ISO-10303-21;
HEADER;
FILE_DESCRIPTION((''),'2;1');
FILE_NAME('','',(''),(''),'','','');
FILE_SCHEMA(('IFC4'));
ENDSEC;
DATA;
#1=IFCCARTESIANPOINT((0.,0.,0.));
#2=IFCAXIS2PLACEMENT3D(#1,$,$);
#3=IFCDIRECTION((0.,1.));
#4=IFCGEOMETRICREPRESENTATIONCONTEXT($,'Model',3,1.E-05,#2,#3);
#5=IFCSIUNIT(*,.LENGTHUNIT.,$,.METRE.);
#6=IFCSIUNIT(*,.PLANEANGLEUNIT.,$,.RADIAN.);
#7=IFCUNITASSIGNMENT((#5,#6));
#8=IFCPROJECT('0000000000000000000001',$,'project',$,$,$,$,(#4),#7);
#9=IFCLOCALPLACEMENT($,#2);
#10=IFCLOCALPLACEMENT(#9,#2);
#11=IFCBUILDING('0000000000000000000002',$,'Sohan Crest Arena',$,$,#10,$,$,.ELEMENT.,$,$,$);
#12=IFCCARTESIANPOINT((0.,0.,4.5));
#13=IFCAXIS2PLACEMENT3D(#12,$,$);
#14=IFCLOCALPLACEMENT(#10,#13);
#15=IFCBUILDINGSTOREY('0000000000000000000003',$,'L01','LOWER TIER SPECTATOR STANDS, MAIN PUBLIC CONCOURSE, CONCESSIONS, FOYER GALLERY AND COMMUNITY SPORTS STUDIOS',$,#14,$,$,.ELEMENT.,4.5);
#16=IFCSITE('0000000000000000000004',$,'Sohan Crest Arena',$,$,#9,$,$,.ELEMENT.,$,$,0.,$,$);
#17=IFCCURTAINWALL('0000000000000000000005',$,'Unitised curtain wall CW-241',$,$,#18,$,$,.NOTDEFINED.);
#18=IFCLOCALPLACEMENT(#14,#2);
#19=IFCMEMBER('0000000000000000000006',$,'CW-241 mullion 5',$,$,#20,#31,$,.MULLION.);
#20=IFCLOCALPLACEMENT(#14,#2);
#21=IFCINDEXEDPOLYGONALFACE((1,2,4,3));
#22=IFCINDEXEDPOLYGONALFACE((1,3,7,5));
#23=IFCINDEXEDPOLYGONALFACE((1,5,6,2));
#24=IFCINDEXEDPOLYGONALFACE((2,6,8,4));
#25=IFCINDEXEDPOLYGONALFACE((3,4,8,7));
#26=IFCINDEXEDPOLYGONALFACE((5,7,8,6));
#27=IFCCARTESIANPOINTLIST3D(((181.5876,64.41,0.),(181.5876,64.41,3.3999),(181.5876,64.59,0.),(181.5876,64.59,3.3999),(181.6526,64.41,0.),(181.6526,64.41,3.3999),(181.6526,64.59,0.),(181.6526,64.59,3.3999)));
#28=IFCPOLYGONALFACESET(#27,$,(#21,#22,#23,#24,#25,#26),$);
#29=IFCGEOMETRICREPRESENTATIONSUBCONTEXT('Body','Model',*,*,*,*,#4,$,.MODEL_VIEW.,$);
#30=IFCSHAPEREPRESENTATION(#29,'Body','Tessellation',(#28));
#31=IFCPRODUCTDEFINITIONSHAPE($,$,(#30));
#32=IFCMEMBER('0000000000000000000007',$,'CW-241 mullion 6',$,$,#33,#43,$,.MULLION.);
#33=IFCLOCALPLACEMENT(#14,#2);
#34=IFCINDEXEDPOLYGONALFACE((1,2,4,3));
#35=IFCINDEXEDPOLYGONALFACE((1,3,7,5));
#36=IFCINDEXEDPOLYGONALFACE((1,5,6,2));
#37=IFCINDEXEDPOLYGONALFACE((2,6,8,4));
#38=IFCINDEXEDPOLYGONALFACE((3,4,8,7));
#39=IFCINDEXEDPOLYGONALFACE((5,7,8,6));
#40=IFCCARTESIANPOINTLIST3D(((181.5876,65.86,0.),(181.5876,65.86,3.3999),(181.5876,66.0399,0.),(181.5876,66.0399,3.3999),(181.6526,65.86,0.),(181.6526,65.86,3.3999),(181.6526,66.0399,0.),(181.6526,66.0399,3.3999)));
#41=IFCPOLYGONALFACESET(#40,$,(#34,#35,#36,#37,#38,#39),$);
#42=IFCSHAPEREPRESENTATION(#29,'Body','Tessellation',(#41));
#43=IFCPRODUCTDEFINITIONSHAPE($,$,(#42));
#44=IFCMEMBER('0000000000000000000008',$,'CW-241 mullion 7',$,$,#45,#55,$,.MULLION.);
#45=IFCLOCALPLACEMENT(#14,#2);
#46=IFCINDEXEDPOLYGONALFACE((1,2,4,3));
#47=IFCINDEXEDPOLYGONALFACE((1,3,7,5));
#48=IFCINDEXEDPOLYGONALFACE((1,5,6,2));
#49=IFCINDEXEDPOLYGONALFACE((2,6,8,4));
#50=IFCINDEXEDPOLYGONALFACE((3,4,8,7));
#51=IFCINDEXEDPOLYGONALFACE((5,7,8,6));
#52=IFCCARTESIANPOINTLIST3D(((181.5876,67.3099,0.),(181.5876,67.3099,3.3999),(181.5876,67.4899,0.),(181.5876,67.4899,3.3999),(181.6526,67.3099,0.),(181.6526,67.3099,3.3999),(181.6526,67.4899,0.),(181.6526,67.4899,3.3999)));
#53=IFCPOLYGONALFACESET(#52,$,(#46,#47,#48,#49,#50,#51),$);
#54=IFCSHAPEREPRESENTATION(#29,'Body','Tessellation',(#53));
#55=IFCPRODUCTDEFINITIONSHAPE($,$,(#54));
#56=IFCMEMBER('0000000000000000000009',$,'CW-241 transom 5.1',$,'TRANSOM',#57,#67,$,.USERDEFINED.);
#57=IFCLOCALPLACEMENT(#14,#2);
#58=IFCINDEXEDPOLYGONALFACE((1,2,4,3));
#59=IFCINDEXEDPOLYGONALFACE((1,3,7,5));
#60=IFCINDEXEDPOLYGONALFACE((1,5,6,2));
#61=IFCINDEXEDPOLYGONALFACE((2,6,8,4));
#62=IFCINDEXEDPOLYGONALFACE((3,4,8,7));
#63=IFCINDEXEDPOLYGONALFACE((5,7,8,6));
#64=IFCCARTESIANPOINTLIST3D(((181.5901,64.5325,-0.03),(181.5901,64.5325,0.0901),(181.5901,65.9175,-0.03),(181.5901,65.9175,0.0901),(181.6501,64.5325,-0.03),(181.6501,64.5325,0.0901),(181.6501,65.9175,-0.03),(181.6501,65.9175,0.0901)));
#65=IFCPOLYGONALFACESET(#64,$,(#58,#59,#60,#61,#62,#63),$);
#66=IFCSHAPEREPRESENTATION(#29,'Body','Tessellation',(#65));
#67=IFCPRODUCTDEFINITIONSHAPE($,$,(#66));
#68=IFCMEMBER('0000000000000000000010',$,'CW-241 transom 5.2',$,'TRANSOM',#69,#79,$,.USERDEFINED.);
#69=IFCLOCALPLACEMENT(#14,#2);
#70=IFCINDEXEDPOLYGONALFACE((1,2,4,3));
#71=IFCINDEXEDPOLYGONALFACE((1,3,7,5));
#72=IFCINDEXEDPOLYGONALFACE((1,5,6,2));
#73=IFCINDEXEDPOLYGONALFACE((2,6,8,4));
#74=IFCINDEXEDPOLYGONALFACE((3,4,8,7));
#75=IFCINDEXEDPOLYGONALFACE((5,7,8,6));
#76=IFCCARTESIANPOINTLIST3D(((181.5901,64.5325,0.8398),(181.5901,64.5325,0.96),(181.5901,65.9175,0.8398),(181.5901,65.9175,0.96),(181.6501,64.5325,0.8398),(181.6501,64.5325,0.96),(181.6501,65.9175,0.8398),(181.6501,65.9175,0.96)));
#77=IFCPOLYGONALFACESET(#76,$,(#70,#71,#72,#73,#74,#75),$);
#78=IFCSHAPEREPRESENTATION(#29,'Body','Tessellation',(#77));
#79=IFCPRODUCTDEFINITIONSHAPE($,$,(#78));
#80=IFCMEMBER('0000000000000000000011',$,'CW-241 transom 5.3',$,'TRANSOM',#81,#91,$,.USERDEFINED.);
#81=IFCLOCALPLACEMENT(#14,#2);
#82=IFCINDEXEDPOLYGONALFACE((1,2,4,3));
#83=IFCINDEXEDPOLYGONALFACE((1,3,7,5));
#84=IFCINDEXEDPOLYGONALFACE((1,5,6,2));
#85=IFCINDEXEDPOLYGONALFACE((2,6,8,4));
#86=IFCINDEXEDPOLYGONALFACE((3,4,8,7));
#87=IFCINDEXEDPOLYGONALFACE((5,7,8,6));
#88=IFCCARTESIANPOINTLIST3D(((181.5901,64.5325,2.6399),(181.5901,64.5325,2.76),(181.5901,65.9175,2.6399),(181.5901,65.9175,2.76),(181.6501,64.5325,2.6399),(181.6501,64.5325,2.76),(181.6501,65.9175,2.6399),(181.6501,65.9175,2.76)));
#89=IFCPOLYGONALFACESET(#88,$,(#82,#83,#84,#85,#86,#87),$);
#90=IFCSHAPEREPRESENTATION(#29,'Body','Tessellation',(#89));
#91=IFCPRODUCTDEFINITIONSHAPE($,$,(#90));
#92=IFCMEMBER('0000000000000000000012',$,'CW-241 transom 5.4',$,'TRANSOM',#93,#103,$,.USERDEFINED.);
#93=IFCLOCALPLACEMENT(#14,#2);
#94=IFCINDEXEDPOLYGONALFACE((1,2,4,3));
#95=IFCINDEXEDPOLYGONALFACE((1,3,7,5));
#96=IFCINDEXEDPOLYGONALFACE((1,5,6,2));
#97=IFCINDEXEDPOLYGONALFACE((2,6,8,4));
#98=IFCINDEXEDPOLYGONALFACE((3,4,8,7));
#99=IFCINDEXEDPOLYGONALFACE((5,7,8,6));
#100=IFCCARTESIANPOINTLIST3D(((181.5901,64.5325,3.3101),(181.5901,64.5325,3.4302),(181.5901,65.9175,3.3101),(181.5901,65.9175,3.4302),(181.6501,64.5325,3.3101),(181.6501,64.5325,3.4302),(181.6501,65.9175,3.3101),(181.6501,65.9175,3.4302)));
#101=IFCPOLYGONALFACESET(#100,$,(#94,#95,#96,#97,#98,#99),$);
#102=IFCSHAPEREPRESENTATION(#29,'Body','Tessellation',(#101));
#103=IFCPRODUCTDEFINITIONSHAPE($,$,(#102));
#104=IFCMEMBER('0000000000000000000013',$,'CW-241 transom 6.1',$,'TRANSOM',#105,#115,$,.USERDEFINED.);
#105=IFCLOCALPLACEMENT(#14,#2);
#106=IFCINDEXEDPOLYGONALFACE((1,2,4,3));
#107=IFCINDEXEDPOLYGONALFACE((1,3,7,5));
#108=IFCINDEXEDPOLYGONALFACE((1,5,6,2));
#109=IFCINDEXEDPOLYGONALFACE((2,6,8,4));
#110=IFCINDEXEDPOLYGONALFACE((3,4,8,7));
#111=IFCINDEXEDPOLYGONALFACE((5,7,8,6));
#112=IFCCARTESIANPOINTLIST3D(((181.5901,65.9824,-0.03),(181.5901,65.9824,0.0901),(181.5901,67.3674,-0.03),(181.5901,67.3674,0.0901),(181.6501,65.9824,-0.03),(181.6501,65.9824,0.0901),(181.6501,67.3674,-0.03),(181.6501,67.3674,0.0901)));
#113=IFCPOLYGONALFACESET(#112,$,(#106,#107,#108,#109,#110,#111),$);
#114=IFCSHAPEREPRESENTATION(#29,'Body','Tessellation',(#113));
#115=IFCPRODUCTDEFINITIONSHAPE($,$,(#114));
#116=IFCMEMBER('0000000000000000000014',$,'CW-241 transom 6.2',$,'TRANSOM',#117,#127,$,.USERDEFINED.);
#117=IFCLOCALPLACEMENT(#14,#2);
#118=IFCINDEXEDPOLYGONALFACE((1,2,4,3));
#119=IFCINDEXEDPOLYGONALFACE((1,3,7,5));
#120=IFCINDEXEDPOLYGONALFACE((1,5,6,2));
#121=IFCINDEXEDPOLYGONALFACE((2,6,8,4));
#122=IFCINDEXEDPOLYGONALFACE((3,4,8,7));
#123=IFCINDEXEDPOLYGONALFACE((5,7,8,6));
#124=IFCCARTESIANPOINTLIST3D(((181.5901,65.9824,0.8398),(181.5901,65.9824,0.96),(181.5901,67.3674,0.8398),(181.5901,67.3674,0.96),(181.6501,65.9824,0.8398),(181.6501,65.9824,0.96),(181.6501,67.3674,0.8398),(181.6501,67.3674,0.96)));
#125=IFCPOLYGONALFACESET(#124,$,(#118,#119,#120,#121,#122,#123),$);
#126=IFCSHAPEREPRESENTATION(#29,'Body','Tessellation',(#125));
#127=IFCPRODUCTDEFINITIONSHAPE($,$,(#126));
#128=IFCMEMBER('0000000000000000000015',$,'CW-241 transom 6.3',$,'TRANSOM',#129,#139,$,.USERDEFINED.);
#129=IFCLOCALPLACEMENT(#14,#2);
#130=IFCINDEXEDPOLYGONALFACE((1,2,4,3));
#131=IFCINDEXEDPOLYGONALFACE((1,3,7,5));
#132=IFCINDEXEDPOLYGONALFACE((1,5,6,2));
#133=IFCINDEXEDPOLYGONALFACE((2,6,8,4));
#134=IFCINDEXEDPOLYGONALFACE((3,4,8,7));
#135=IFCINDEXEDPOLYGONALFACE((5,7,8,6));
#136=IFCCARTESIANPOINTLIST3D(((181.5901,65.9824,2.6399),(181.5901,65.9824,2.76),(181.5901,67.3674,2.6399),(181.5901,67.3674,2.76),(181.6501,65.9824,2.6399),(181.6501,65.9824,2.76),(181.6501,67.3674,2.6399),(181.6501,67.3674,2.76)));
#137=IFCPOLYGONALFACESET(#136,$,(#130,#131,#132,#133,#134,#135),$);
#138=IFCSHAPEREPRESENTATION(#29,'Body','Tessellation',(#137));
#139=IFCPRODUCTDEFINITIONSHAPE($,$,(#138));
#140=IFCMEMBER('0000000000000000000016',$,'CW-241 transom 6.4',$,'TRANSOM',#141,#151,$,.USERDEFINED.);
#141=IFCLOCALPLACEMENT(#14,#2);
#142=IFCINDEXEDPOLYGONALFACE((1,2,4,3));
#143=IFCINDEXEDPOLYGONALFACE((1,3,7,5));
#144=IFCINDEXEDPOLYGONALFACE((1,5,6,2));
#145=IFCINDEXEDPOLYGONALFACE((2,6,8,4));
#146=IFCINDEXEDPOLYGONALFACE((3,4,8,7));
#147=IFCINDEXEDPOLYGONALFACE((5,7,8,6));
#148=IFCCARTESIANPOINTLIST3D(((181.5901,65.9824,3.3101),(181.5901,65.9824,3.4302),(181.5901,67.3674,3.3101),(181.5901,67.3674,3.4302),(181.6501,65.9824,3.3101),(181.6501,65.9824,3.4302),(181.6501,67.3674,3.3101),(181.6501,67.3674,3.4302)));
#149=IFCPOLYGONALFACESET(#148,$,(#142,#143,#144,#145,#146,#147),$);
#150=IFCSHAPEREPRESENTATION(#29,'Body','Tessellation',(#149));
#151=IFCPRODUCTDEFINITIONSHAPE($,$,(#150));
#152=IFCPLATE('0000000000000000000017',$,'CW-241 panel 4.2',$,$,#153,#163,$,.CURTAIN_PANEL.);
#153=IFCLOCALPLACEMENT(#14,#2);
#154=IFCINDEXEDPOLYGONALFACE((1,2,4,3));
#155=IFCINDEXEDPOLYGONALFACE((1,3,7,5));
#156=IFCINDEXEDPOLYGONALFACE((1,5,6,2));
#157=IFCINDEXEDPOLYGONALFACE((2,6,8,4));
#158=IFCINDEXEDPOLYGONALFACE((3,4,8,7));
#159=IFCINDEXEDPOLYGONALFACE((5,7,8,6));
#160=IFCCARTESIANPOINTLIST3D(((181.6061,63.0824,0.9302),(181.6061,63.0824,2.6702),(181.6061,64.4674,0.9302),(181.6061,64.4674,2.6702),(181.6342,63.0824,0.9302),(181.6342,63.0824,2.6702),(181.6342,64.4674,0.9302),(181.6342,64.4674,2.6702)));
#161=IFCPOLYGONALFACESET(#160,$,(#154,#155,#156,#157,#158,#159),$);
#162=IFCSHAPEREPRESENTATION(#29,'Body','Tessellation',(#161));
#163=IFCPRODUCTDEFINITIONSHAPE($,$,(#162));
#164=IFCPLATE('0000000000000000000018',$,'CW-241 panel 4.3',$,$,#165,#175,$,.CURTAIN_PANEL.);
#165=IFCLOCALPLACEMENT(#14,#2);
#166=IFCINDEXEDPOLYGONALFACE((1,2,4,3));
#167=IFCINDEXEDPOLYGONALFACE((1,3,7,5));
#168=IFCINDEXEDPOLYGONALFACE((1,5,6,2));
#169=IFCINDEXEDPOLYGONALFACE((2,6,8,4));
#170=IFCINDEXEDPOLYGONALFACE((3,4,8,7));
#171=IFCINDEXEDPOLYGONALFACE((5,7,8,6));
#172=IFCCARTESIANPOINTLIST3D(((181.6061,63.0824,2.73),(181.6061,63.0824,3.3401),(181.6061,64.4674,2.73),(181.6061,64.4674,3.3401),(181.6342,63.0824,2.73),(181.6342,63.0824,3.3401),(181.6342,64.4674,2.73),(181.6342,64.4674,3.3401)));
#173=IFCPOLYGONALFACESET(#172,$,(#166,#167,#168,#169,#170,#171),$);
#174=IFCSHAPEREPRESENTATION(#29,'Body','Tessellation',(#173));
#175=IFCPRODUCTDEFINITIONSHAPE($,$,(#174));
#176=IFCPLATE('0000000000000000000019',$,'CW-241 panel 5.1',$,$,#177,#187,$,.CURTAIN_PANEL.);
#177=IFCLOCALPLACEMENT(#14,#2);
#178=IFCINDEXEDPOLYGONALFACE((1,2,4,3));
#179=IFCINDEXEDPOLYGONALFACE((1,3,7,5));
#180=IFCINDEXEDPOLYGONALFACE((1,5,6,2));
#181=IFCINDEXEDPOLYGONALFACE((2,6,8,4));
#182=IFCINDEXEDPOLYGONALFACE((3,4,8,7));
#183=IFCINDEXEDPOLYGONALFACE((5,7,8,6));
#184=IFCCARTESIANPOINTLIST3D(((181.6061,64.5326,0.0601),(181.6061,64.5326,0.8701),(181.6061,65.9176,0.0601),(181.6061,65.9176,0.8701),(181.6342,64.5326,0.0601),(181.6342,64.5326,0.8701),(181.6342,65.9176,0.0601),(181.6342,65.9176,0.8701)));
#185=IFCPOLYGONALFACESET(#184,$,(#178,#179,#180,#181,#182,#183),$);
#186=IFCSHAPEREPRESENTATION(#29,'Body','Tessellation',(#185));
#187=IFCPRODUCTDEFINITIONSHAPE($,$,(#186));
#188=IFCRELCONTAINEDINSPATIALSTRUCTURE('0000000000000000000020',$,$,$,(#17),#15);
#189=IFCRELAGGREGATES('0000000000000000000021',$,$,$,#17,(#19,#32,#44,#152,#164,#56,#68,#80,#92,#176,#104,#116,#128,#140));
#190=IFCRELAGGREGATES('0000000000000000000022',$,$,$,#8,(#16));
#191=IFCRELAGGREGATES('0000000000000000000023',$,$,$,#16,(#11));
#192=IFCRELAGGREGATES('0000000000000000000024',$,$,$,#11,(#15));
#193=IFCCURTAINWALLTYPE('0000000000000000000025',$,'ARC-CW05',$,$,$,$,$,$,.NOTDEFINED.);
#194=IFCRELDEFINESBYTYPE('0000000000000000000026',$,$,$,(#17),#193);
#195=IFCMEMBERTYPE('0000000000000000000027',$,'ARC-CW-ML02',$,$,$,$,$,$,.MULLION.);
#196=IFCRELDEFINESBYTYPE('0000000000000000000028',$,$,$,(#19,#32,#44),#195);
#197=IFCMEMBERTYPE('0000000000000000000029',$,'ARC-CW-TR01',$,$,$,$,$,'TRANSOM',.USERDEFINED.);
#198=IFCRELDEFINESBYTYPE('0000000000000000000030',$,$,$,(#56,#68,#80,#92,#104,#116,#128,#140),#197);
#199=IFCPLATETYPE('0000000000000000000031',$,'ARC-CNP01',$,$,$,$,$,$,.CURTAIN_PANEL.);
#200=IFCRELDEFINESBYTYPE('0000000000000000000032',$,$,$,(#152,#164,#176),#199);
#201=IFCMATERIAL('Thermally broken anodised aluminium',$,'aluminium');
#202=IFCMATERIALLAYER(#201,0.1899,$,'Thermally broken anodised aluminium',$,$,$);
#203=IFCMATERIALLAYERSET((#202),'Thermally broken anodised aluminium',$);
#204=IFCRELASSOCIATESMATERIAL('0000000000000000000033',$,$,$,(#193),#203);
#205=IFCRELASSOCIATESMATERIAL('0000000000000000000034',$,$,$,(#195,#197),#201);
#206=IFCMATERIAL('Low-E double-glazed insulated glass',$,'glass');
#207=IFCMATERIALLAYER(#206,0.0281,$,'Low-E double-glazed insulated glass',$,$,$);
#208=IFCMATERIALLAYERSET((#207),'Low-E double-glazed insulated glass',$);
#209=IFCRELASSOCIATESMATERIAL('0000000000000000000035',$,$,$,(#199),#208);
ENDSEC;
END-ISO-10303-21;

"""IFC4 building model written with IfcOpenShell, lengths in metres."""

from ifc_helpers import new_model, si_unit, direction, frame, origin, origin_2d, place, context, subcontext, project, spatial, rectangle, extrude, material, layer, layer_set, material_profile, profile_set, type_object, element, aggregate, save


model = new_model("IFC4")

# Units and contexts
model_context = context("Model", 3, precision=1e-05, world=origin(), true_north=direction((0.0, 1.0)))
body_context = subcontext(model_context, "Body", "Model", "MODEL_VIEW")
ifc_project = project(units=[si_unit("LENGTHUNIT", "METRE"), si_unit("PLANEANGLEUNIT", "RADIAN")], contexts=[model_context])

# Site, building, storey
site_placement = place(None, origin())
site = spatial("IfcSite", under=ifc_project, at=site_placement, Name="Sohan Crest Arena", CompositionType="ELEMENT", RefElevation=0.0)
building_placement = place(site_placement, origin())
building = spatial("IfcBuilding", under=site, at=building_placement, Name="Sohan Crest Arena", CompositionType="ELEMENT")
storey_placement = place(building_placement, frame((0.0, 0.0, 4.5)))
storey = spatial("IfcBuildingStorey", under=building, at=storey_placement, Name="L01", Description="LOWER TIER SPECTATOR STANDS, MAIN PUBLIC CONCOURSE, CONCESSIONS, FOYER GALLERY AND COMMUNITY SPORTS STUDIOS", CompositionType="ELEMENT", Elevation=4.5)

# Curtain wall, members, plates
ifc_material_1 = material(Name="Thermally broken anodised aluminium", Category="aluminium")
ifc_layer_1 = layer(ifc_material_1, 0.1899, Name="Thermally broken anodised aluminium")
ifc_layer_set_1 = layer_set([ifc_layer_1], Name="Thermally broken anodised aluminium")
curtain_wall_type = type_object("IfcCurtainWallType", Name="ARC-CW05", PredefinedType="NOTDEFINED", material=ifc_layer_set_1)
curtain_wall_placement = place(storey_placement, origin())
curtain_wall = element("IfcCurtainWall", 1, at=curtain_wall_placement, inside=storey, type_object=curtain_wall_type, Name="Unitised curtain wall CW-241", PredefinedType="NOTDEFINED")
ifc_material_profile_1 = material_profile(ifc_material_1, rectangle(XDim=0.0649, YDim=0.1799, at=origin_2d()), Name="ALU-MULL 65x180")
ifc_profile_set_1 = profile_set([ifc_material_profile_1], Name="Thermally broken anodised aluminium")
member_type_1 = type_object("IfcMemberType", Name="ARC-CW-ML02", PredefinedType="MULLION", material=ifc_profile_set_1)
member_1_placement = place(storey_placement, frame((181.6201, 64.5, 0.0), z_axis=(0.0, 0.0, 1.0), x_axis=(-1.0, 0.0, 0.0)))
member_1 = element("IfcMember", 2, at=member_1_placement, type_object=member_type_1, Name="CW-241 mullion 5", PredefinedType="MULLION", context=body_context, shape_type="SweptSolid", body=[
    extrude(rectangle(XDim=0.0649, YDim=0.1799, at=origin_2d()), origin(), (0.0, 0.0, 1.0), 3.3999),
])
member_2_placement = place(storey_placement, frame((181.6201, 65.95, 0.0), z_axis=(0.0, 0.0, 1.0), x_axis=(-1.0, 0.0, 0.0)))
member_2 = element("IfcMember", 3, at=member_2_placement, type_object=member_type_1, Name="CW-241 mullion 6", PredefinedType="MULLION", context=body_context, shape_type="SweptSolid", body=[
    extrude(rectangle(XDim=0.0649, YDim=0.1799, at=origin_2d()), origin(), (0.0, 0.0, 1.0), 3.3999),
])
member_3_placement = place(storey_placement, frame((181.6201, 67.3999, 0.0), z_axis=(0.0, 0.0, 1.0), x_axis=(-1.0, 0.0, 0.0)))
member_3 = element("IfcMember", 4, at=member_3_placement, type_object=member_type_1, Name="CW-241 mullion 7", PredefinedType="MULLION", context=body_context, shape_type="SweptSolid", body=[
    extrude(rectangle(XDim=0.0649, YDim=0.1799, at=origin_2d()), origin(), (0.0, 0.0, 1.0), 3.3999),
])
ifc_material_profile_2 = material_profile(ifc_material_1, rectangle(XDim=0.0601, YDim=0.1201, at=origin_2d()), Name="ALU-TRAN 60x120")
ifc_profile_set_2 = profile_set([ifc_material_profile_2], Name="Thermally broken anodised aluminium")
member_type_2 = type_object("IfcMemberType", Name="ARC-CW-TR01", ElementType="TRANSOM", PredefinedType="USERDEFINED", material=ifc_profile_set_2)
member_4_placement = place(storey_placement, frame((181.6201, 64.5325, 0.03), z_axis=(0.0, 1.0, 0.0), x_axis=(-1.0, 0.0, 0.0)))
member_4 = element("IfcMember", 5, at=member_4_placement, type_object=member_type_2, Name="CW-241 transom 5.1", ObjectType="TRANSOM", PredefinedType="USERDEFINED", context=body_context, shape_type="SweptSolid", body=[
    extrude(rectangle(XDim=0.0601, YDim=0.1201, at=origin_2d()), origin(), (0.0, 0.0, 1.0), 1.385),
])
member_5_placement = place(storey_placement, frame((181.6201, 64.5325, 0.8999), z_axis=(0.0, 1.0, 0.0), x_axis=(-1.0, 0.0, 0.0)))
member_5 = element("IfcMember", 6, at=member_5_placement, type_object=member_type_2, Name="CW-241 transom 5.2", ObjectType="TRANSOM", PredefinedType="USERDEFINED", context=body_context, shape_type="SweptSolid", body=[
    extrude(rectangle(XDim=0.0601, YDim=0.1201, at=origin_2d()), origin(), (0.0, 0.0, 1.0), 1.385),
])
member_6_placement = place(storey_placement, frame((181.6201, 64.5325, 2.7), z_axis=(0.0, 1.0, 0.0), x_axis=(-1.0, 0.0, 0.0)))
member_6 = element("IfcMember", 7, at=member_6_placement, type_object=member_type_2, Name="CW-241 transom 5.3", ObjectType="TRANSOM", PredefinedType="USERDEFINED", context=body_context, shape_type="SweptSolid", body=[
    extrude(rectangle(XDim=0.0601, YDim=0.1201, at=origin_2d()), origin(), (0.0, 0.0, 1.0), 1.385),
])
member_7_placement = place(storey_placement, frame((181.6201, 64.5325, 3.3701), z_axis=(0.0, 1.0, 0.0), x_axis=(-1.0, 0.0, 0.0)))
member_7 = element("IfcMember", 8, at=member_7_placement, type_object=member_type_2, Name="CW-241 transom 5.4", ObjectType="TRANSOM", PredefinedType="USERDEFINED", context=body_context, shape_type="SweptSolid", body=[
    extrude(rectangle(XDim=0.0601, YDim=0.1201, at=origin_2d()), origin(), (0.0, 0.0, 1.0), 1.385),
])
member_8_placement = place(storey_placement, frame((181.6201, 65.9824, 0.03), z_axis=(0.0, 1.0, 0.0), x_axis=(-1.0, 0.0, 0.0)))
member_8 = element("IfcMember", 9, at=member_8_placement, type_object=member_type_2, Name="CW-241 transom 6.1", ObjectType="TRANSOM", PredefinedType="USERDEFINED", context=body_context, shape_type="SweptSolid", body=[
    extrude(rectangle(XDim=0.0601, YDim=0.1201, at=origin_2d()), origin(), (0.0, 0.0, 1.0), 1.385),
])
member_9_placement = place(storey_placement, frame((181.6201, 65.9824, 0.8999), z_axis=(0.0, 1.0, 0.0), x_axis=(-1.0, 0.0, 0.0)))
member_9 = element("IfcMember", 10, at=member_9_placement, type_object=member_type_2, Name="CW-241 transom 6.2", ObjectType="TRANSOM", PredefinedType="USERDEFINED", context=body_context, shape_type="SweptSolid", body=[
    extrude(rectangle(XDim=0.0601, YDim=0.1201, at=origin_2d()), origin(), (0.0, 0.0, 1.0), 1.385),
])
member_10_placement = place(storey_placement, frame((181.6201, 65.9824, 2.7), z_axis=(0.0, 1.0, 0.0), x_axis=(-1.0, 0.0, 0.0)))
member_10 = element("IfcMember", 11, at=member_10_placement, type_object=member_type_2, Name="CW-241 transom 6.3", ObjectType="TRANSOM", PredefinedType="USERDEFINED", context=body_context, shape_type="SweptSolid", body=[
    extrude(rectangle(XDim=0.0601, YDim=0.1201, at=origin_2d()), origin(), (0.0, 0.0, 1.0), 1.385),
])
member_11_placement = place(storey_placement, frame((181.6201, 65.9824, 3.3701), z_axis=(0.0, 1.0, 0.0), x_axis=(-1.0, 0.0, 0.0)))
member_11 = element("IfcMember", 12, at=member_11_placement, type_object=member_type_2, Name="CW-241 transom 6.4", ObjectType="TRANSOM", PredefinedType="USERDEFINED", context=body_context, shape_type="SweptSolid", body=[
    extrude(rectangle(XDim=0.0601, YDim=0.1201, at=origin_2d()), origin(), (0.0, 0.0, 1.0), 1.385),
])
ifc_material_2 = material(Name="Low-E double-glazed insulated glass", Category="glass")
ifc_layer_2 = layer(ifc_material_2, 0.0281, Name="Low-E double-glazed insulated glass")
ifc_layer_set_2 = layer_set([ifc_layer_2], Name="Low-E double-glazed insulated glass")
plate_type = type_object("IfcPlateType", Name="ARC-CNP01", PredefinedType="CURTAIN_PANEL", material=ifc_layer_set_2)
plate_1_placement = place(storey_placement, frame((181.6201, 63.7749, 0.9302), z_axis=(0.0, 0.0, 1.0), x_axis=(0.0, 1.0, 0.0)))
plate_1 = element("IfcPlate", 13, at=plate_1_placement, type_object=plate_type, Name="CW-241 panel 4.2", PredefinedType="CURTAIN_PANEL", context=body_context, shape_type="SweptSolid", body=[
    extrude(rectangle(XDim=1.385, YDim=0.0281, at=origin_2d()), origin(), (0.0, 0.0, 1.0), 1.74),
])
plate_2_placement = place(storey_placement, frame((181.6201, 63.7749, 2.73), z_axis=(0.0, 0.0, 1.0), x_axis=(0.0, 1.0, 0.0)))
plate_2 = element("IfcPlate", 14, at=plate_2_placement, type_object=plate_type, Name="CW-241 panel 4.3", PredefinedType="CURTAIN_PANEL", context=body_context, shape_type="SweptSolid", body=[
    extrude(rectangle(XDim=1.385, YDim=0.0281, at=origin_2d()), origin(), (0.0, 0.0, 1.0), 0.6101),
])
plate_3_placement = place(storey_placement, frame((181.6201, 65.2251, 0.0601), z_axis=(0.0, 0.0, 1.0), x_axis=(0.0, 1.0, 0.0)))
plate_3 = element("IfcPlate", 15, at=plate_3_placement, type_object=plate_type, Name="CW-241 panel 5.1", PredefinedType="CURTAIN_PANEL", context=body_context, shape_type="SweptSolid", body=[
    extrude(rectangle(XDim=1.385, YDim=0.0281, at=origin_2d()), origin(), (0.0, 0.0, 1.0), 0.8101),
])
aggregate(curtain_wall, [member_1, member_2, member_3, plate_1, plate_2, member_4, member_5, member_6, member_7, plate_3, member_8, member_9, member_10, member_11])

save(model, "model.ifc")
